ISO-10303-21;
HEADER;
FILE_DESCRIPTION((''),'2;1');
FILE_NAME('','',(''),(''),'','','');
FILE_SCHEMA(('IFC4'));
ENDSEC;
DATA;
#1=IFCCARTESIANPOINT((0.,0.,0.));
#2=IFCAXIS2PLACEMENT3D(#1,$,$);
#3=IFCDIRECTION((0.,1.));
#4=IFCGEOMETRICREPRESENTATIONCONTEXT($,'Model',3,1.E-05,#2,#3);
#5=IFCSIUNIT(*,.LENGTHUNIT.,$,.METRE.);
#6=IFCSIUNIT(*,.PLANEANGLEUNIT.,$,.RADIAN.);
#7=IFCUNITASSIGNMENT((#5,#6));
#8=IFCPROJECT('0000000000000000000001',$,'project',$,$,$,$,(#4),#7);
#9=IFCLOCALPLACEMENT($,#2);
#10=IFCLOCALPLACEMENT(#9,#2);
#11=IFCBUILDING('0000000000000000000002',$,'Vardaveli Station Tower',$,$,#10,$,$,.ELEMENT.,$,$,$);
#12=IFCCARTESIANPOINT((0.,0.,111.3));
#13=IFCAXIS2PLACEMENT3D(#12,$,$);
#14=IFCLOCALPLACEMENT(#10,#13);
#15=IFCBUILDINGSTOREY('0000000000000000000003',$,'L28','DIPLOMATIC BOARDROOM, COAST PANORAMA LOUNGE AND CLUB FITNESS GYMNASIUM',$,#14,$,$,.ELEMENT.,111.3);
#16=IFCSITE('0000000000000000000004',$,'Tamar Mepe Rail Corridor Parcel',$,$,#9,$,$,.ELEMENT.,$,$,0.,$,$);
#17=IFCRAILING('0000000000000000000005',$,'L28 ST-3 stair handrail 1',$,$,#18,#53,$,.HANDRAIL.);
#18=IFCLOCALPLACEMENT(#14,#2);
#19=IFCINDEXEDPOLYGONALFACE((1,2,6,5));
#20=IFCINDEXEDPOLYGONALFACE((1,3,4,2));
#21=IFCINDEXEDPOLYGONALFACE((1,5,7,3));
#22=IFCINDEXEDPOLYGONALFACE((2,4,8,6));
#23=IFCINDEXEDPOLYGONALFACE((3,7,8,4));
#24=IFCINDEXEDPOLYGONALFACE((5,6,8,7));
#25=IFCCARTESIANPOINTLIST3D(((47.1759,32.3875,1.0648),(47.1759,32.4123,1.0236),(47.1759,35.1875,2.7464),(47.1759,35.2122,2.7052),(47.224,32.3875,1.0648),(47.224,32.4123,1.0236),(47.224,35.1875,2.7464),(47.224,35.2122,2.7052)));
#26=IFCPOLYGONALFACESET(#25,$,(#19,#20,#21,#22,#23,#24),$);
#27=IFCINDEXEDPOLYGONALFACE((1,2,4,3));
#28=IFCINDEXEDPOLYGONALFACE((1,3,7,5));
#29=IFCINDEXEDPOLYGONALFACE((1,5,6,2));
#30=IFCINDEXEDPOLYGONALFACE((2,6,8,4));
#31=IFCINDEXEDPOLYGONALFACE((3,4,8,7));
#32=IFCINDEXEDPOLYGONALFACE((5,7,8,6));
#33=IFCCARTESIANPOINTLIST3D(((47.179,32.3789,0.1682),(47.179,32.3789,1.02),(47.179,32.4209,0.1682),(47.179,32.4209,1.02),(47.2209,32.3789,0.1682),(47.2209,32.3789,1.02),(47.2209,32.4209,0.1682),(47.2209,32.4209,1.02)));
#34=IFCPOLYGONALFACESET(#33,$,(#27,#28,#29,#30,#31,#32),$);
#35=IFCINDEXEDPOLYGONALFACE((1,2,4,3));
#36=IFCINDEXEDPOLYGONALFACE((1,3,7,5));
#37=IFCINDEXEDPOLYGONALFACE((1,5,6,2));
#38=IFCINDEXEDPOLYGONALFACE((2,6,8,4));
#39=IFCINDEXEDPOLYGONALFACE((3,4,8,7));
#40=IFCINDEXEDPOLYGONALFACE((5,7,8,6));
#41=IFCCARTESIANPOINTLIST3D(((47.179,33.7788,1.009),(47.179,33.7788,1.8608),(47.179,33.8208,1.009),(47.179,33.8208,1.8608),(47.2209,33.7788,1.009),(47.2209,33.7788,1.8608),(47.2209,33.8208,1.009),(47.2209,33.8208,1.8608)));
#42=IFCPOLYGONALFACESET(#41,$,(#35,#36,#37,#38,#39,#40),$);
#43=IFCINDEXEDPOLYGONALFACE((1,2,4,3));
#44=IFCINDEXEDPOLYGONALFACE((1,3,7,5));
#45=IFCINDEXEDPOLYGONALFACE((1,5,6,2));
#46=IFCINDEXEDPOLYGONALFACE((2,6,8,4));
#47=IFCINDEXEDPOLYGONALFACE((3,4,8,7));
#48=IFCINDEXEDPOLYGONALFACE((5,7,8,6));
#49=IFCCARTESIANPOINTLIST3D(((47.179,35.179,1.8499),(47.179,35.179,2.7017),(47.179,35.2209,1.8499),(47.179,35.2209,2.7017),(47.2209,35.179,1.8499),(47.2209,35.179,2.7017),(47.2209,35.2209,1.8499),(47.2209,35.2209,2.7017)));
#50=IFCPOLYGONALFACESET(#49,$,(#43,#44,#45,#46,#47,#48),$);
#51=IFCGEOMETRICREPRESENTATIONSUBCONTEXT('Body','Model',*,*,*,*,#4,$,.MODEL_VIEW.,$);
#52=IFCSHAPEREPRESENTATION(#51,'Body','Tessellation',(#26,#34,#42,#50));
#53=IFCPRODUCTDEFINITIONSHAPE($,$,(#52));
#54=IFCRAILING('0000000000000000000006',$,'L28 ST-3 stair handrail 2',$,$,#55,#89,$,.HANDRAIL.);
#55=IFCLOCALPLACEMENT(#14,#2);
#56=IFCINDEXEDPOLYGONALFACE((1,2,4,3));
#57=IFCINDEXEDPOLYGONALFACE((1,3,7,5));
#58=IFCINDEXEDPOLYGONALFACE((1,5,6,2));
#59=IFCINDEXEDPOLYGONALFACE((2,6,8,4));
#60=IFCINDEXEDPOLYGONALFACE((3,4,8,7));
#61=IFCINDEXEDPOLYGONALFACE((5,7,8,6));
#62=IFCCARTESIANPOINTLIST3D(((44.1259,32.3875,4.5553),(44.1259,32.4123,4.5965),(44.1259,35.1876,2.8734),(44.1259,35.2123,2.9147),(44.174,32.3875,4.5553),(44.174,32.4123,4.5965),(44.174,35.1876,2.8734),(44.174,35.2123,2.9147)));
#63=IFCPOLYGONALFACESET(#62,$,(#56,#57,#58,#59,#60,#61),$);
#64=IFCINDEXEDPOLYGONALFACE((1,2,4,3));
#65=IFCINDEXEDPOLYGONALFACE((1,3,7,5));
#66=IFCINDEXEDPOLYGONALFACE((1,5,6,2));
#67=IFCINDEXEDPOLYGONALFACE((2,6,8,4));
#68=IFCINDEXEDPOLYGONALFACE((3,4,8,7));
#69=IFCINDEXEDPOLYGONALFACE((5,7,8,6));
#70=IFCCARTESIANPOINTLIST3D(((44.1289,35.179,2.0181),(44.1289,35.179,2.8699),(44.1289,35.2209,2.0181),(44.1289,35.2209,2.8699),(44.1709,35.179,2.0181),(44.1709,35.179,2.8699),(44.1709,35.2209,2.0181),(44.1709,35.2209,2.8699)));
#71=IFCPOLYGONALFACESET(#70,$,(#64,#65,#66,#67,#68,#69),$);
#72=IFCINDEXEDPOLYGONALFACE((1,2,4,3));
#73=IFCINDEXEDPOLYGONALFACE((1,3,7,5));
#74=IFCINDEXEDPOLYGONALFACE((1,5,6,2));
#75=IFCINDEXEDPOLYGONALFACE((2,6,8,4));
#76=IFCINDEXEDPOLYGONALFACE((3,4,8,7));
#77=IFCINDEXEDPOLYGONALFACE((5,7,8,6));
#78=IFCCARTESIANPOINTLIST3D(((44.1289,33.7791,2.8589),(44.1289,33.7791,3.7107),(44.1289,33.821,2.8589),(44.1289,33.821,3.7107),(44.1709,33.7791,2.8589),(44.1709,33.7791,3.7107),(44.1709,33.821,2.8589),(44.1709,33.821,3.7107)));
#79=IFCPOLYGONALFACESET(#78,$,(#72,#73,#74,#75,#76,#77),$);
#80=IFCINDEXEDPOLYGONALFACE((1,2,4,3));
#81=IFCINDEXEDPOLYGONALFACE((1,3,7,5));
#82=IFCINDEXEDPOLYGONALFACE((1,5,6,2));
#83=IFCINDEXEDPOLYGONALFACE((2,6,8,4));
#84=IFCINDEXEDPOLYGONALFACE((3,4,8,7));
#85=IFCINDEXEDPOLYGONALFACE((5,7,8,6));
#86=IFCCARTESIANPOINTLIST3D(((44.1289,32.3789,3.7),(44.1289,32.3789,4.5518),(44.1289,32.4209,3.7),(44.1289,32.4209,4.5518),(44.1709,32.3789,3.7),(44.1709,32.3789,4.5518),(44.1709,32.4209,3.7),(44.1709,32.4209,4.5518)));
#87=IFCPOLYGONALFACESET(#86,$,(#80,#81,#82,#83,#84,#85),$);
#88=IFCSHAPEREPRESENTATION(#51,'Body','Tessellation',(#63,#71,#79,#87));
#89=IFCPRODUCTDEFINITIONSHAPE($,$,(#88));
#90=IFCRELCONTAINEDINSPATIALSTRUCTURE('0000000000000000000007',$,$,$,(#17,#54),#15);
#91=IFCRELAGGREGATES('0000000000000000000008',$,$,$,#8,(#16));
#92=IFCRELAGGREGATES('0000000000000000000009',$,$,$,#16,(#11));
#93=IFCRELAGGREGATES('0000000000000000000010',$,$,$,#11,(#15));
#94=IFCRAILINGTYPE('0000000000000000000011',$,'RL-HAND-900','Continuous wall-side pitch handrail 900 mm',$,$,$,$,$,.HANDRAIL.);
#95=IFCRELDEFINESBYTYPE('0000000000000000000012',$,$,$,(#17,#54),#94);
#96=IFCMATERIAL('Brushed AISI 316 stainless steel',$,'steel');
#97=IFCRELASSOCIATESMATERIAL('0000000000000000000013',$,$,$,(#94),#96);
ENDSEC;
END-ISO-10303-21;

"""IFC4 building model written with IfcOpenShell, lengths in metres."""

from ifc_helpers import new_model, si_unit, direction, frame, origin, origin_2d, place, context, subcontext, project, spatial, rectangle, extrude, source, transform, mapped, material, type_object, element, save


model = new_model("IFC4")

# Units and contexts
model_context = context("Model", 3, precision=1e-05, world=origin(), true_north=direction((0.0, 1.0)))
body_context = subcontext(model_context, "Body", "Model", "MODEL_VIEW")
ifc_project = project(units=[si_unit("LENGTHUNIT", "METRE"), si_unit("PLANEANGLEUNIT", "RADIAN")], contexts=[model_context])

# Site, building, storey
site_placement = place(None, origin())
site = spatial("IfcSite", under=ifc_project, at=site_placement, Name="Tamar Mepe Rail Corridor Parcel", CompositionType="ELEMENT", RefElevation=0.0)
building_placement = place(site_placement, origin())
building = spatial("IfcBuilding", under=site, at=building_placement, Name="Vardaveli Station Tower", CompositionType="ELEMENT")
storey_placement = place(building_placement, frame((0.0, 0.0, 111.3)))
storey = spatial("IfcBuildingStorey", under=building, at=storey_placement, Name="L28", Description="DIPLOMATIC BOARDROOM, COAST PANORAMA LOUNGE AND CLUB FITNESS GYMNASIUM", CompositionType="ELEMENT", Elevation=111.3)

# Railings
ifc_material_1 = material(Name="Brushed AISI 316 stainless steel", Category="steel")
railing_type_1 = type_object("IfcRailingType", Name="RL-HAND-900", Description="Continuous wall-side pitch handrail 900 mm", PredefinedType="HANDRAIL", material=ifc_material_1)
shared_shape_1 = source(origin(), body_context, "Body", "SweptSolid", [
    extrude(rectangle(XDim=0.0481, YDim=0.0481, at=origin_2d()), frame((0.0, 0.0, 0.876), z_axis=(0.0, 0.857275, 0.514858), x_axis=(-1.0, 0.0, 0.0)), (0.0, 0.0, 1.0), 3.2661),
    extrude(rectangle(XDim=0.042, YDim=0.042, at=origin_2d()), origin(), (0.0, 0.0, 1.0), 0.8518),
    extrude(rectangle(XDim=0.042, YDim=0.042, at=origin_2d()), frame((0.0, 1.3999, 0.8408)), (0.0, 0.0, 1.0), 0.8518),
    extrude(rectangle(XDim=0.042, YDim=0.042, at=origin_2d()), frame((0.0, 2.8, 1.6816)), (0.0, 0.0, 1.0), 0.8518),
])
railing_1_placement = place(storey_placement, frame((47.2, 32.3999, 0.1682)))
element("IfcRailing", 1, at=railing_1_placement, inside=storey, type_object=railing_type_1, Name="L28 ST-3 stair handrail 1", PredefinedType="HANDRAIL", context=body_context, shape_type="MappedRepresentation", body=[
    mapped(shared_shape_1, transform((0.0, 0.0, 0.0), scale=1.0)),
])
shared_shape_2 = source(origin(), body_context, "Body", "SweptSolid", [
    extrude(rectangle(XDim=0.0481, YDim=0.0481, at=origin_2d()), frame((0.0, 0.0, 0.876), z_axis=(0.0, -0.857242, 0.514913), x_axis=(1.0, 0.0, 0.0)), (0.0, 0.0, 1.0), 3.2664),
    extrude(rectangle(XDim=0.042, YDim=0.042, at=origin_2d()), origin(), (0.0, 0.0, 1.0), 0.8518),
    extrude(rectangle(XDim=0.042, YDim=0.042, at=origin_2d()), frame((0.0, -1.3999, 0.8408)), (0.0, 0.0, 1.0), 0.8518),
    extrude(rectangle(XDim=0.042, YDim=0.042, at=origin_2d()), frame((0.0, -2.8, 1.6819)), (0.0, 0.0, 1.0), 0.8518),
])
railing_2_placement = place(storey_placement, frame((44.1499, 35.2, 2.0181)))
element("IfcRailing", 2, at=railing_2_placement, inside=storey, type_object=railing_type_1, Name="L28 ST-3 stair handrail 2", PredefinedType="HANDRAIL", context=body_context, shape_type="MappedRepresentation", body=[
    mapped(shared_shape_2, transform((0.0, 0.0, 0.0), scale=1.0)),
])

save(model, "model.ifc")
